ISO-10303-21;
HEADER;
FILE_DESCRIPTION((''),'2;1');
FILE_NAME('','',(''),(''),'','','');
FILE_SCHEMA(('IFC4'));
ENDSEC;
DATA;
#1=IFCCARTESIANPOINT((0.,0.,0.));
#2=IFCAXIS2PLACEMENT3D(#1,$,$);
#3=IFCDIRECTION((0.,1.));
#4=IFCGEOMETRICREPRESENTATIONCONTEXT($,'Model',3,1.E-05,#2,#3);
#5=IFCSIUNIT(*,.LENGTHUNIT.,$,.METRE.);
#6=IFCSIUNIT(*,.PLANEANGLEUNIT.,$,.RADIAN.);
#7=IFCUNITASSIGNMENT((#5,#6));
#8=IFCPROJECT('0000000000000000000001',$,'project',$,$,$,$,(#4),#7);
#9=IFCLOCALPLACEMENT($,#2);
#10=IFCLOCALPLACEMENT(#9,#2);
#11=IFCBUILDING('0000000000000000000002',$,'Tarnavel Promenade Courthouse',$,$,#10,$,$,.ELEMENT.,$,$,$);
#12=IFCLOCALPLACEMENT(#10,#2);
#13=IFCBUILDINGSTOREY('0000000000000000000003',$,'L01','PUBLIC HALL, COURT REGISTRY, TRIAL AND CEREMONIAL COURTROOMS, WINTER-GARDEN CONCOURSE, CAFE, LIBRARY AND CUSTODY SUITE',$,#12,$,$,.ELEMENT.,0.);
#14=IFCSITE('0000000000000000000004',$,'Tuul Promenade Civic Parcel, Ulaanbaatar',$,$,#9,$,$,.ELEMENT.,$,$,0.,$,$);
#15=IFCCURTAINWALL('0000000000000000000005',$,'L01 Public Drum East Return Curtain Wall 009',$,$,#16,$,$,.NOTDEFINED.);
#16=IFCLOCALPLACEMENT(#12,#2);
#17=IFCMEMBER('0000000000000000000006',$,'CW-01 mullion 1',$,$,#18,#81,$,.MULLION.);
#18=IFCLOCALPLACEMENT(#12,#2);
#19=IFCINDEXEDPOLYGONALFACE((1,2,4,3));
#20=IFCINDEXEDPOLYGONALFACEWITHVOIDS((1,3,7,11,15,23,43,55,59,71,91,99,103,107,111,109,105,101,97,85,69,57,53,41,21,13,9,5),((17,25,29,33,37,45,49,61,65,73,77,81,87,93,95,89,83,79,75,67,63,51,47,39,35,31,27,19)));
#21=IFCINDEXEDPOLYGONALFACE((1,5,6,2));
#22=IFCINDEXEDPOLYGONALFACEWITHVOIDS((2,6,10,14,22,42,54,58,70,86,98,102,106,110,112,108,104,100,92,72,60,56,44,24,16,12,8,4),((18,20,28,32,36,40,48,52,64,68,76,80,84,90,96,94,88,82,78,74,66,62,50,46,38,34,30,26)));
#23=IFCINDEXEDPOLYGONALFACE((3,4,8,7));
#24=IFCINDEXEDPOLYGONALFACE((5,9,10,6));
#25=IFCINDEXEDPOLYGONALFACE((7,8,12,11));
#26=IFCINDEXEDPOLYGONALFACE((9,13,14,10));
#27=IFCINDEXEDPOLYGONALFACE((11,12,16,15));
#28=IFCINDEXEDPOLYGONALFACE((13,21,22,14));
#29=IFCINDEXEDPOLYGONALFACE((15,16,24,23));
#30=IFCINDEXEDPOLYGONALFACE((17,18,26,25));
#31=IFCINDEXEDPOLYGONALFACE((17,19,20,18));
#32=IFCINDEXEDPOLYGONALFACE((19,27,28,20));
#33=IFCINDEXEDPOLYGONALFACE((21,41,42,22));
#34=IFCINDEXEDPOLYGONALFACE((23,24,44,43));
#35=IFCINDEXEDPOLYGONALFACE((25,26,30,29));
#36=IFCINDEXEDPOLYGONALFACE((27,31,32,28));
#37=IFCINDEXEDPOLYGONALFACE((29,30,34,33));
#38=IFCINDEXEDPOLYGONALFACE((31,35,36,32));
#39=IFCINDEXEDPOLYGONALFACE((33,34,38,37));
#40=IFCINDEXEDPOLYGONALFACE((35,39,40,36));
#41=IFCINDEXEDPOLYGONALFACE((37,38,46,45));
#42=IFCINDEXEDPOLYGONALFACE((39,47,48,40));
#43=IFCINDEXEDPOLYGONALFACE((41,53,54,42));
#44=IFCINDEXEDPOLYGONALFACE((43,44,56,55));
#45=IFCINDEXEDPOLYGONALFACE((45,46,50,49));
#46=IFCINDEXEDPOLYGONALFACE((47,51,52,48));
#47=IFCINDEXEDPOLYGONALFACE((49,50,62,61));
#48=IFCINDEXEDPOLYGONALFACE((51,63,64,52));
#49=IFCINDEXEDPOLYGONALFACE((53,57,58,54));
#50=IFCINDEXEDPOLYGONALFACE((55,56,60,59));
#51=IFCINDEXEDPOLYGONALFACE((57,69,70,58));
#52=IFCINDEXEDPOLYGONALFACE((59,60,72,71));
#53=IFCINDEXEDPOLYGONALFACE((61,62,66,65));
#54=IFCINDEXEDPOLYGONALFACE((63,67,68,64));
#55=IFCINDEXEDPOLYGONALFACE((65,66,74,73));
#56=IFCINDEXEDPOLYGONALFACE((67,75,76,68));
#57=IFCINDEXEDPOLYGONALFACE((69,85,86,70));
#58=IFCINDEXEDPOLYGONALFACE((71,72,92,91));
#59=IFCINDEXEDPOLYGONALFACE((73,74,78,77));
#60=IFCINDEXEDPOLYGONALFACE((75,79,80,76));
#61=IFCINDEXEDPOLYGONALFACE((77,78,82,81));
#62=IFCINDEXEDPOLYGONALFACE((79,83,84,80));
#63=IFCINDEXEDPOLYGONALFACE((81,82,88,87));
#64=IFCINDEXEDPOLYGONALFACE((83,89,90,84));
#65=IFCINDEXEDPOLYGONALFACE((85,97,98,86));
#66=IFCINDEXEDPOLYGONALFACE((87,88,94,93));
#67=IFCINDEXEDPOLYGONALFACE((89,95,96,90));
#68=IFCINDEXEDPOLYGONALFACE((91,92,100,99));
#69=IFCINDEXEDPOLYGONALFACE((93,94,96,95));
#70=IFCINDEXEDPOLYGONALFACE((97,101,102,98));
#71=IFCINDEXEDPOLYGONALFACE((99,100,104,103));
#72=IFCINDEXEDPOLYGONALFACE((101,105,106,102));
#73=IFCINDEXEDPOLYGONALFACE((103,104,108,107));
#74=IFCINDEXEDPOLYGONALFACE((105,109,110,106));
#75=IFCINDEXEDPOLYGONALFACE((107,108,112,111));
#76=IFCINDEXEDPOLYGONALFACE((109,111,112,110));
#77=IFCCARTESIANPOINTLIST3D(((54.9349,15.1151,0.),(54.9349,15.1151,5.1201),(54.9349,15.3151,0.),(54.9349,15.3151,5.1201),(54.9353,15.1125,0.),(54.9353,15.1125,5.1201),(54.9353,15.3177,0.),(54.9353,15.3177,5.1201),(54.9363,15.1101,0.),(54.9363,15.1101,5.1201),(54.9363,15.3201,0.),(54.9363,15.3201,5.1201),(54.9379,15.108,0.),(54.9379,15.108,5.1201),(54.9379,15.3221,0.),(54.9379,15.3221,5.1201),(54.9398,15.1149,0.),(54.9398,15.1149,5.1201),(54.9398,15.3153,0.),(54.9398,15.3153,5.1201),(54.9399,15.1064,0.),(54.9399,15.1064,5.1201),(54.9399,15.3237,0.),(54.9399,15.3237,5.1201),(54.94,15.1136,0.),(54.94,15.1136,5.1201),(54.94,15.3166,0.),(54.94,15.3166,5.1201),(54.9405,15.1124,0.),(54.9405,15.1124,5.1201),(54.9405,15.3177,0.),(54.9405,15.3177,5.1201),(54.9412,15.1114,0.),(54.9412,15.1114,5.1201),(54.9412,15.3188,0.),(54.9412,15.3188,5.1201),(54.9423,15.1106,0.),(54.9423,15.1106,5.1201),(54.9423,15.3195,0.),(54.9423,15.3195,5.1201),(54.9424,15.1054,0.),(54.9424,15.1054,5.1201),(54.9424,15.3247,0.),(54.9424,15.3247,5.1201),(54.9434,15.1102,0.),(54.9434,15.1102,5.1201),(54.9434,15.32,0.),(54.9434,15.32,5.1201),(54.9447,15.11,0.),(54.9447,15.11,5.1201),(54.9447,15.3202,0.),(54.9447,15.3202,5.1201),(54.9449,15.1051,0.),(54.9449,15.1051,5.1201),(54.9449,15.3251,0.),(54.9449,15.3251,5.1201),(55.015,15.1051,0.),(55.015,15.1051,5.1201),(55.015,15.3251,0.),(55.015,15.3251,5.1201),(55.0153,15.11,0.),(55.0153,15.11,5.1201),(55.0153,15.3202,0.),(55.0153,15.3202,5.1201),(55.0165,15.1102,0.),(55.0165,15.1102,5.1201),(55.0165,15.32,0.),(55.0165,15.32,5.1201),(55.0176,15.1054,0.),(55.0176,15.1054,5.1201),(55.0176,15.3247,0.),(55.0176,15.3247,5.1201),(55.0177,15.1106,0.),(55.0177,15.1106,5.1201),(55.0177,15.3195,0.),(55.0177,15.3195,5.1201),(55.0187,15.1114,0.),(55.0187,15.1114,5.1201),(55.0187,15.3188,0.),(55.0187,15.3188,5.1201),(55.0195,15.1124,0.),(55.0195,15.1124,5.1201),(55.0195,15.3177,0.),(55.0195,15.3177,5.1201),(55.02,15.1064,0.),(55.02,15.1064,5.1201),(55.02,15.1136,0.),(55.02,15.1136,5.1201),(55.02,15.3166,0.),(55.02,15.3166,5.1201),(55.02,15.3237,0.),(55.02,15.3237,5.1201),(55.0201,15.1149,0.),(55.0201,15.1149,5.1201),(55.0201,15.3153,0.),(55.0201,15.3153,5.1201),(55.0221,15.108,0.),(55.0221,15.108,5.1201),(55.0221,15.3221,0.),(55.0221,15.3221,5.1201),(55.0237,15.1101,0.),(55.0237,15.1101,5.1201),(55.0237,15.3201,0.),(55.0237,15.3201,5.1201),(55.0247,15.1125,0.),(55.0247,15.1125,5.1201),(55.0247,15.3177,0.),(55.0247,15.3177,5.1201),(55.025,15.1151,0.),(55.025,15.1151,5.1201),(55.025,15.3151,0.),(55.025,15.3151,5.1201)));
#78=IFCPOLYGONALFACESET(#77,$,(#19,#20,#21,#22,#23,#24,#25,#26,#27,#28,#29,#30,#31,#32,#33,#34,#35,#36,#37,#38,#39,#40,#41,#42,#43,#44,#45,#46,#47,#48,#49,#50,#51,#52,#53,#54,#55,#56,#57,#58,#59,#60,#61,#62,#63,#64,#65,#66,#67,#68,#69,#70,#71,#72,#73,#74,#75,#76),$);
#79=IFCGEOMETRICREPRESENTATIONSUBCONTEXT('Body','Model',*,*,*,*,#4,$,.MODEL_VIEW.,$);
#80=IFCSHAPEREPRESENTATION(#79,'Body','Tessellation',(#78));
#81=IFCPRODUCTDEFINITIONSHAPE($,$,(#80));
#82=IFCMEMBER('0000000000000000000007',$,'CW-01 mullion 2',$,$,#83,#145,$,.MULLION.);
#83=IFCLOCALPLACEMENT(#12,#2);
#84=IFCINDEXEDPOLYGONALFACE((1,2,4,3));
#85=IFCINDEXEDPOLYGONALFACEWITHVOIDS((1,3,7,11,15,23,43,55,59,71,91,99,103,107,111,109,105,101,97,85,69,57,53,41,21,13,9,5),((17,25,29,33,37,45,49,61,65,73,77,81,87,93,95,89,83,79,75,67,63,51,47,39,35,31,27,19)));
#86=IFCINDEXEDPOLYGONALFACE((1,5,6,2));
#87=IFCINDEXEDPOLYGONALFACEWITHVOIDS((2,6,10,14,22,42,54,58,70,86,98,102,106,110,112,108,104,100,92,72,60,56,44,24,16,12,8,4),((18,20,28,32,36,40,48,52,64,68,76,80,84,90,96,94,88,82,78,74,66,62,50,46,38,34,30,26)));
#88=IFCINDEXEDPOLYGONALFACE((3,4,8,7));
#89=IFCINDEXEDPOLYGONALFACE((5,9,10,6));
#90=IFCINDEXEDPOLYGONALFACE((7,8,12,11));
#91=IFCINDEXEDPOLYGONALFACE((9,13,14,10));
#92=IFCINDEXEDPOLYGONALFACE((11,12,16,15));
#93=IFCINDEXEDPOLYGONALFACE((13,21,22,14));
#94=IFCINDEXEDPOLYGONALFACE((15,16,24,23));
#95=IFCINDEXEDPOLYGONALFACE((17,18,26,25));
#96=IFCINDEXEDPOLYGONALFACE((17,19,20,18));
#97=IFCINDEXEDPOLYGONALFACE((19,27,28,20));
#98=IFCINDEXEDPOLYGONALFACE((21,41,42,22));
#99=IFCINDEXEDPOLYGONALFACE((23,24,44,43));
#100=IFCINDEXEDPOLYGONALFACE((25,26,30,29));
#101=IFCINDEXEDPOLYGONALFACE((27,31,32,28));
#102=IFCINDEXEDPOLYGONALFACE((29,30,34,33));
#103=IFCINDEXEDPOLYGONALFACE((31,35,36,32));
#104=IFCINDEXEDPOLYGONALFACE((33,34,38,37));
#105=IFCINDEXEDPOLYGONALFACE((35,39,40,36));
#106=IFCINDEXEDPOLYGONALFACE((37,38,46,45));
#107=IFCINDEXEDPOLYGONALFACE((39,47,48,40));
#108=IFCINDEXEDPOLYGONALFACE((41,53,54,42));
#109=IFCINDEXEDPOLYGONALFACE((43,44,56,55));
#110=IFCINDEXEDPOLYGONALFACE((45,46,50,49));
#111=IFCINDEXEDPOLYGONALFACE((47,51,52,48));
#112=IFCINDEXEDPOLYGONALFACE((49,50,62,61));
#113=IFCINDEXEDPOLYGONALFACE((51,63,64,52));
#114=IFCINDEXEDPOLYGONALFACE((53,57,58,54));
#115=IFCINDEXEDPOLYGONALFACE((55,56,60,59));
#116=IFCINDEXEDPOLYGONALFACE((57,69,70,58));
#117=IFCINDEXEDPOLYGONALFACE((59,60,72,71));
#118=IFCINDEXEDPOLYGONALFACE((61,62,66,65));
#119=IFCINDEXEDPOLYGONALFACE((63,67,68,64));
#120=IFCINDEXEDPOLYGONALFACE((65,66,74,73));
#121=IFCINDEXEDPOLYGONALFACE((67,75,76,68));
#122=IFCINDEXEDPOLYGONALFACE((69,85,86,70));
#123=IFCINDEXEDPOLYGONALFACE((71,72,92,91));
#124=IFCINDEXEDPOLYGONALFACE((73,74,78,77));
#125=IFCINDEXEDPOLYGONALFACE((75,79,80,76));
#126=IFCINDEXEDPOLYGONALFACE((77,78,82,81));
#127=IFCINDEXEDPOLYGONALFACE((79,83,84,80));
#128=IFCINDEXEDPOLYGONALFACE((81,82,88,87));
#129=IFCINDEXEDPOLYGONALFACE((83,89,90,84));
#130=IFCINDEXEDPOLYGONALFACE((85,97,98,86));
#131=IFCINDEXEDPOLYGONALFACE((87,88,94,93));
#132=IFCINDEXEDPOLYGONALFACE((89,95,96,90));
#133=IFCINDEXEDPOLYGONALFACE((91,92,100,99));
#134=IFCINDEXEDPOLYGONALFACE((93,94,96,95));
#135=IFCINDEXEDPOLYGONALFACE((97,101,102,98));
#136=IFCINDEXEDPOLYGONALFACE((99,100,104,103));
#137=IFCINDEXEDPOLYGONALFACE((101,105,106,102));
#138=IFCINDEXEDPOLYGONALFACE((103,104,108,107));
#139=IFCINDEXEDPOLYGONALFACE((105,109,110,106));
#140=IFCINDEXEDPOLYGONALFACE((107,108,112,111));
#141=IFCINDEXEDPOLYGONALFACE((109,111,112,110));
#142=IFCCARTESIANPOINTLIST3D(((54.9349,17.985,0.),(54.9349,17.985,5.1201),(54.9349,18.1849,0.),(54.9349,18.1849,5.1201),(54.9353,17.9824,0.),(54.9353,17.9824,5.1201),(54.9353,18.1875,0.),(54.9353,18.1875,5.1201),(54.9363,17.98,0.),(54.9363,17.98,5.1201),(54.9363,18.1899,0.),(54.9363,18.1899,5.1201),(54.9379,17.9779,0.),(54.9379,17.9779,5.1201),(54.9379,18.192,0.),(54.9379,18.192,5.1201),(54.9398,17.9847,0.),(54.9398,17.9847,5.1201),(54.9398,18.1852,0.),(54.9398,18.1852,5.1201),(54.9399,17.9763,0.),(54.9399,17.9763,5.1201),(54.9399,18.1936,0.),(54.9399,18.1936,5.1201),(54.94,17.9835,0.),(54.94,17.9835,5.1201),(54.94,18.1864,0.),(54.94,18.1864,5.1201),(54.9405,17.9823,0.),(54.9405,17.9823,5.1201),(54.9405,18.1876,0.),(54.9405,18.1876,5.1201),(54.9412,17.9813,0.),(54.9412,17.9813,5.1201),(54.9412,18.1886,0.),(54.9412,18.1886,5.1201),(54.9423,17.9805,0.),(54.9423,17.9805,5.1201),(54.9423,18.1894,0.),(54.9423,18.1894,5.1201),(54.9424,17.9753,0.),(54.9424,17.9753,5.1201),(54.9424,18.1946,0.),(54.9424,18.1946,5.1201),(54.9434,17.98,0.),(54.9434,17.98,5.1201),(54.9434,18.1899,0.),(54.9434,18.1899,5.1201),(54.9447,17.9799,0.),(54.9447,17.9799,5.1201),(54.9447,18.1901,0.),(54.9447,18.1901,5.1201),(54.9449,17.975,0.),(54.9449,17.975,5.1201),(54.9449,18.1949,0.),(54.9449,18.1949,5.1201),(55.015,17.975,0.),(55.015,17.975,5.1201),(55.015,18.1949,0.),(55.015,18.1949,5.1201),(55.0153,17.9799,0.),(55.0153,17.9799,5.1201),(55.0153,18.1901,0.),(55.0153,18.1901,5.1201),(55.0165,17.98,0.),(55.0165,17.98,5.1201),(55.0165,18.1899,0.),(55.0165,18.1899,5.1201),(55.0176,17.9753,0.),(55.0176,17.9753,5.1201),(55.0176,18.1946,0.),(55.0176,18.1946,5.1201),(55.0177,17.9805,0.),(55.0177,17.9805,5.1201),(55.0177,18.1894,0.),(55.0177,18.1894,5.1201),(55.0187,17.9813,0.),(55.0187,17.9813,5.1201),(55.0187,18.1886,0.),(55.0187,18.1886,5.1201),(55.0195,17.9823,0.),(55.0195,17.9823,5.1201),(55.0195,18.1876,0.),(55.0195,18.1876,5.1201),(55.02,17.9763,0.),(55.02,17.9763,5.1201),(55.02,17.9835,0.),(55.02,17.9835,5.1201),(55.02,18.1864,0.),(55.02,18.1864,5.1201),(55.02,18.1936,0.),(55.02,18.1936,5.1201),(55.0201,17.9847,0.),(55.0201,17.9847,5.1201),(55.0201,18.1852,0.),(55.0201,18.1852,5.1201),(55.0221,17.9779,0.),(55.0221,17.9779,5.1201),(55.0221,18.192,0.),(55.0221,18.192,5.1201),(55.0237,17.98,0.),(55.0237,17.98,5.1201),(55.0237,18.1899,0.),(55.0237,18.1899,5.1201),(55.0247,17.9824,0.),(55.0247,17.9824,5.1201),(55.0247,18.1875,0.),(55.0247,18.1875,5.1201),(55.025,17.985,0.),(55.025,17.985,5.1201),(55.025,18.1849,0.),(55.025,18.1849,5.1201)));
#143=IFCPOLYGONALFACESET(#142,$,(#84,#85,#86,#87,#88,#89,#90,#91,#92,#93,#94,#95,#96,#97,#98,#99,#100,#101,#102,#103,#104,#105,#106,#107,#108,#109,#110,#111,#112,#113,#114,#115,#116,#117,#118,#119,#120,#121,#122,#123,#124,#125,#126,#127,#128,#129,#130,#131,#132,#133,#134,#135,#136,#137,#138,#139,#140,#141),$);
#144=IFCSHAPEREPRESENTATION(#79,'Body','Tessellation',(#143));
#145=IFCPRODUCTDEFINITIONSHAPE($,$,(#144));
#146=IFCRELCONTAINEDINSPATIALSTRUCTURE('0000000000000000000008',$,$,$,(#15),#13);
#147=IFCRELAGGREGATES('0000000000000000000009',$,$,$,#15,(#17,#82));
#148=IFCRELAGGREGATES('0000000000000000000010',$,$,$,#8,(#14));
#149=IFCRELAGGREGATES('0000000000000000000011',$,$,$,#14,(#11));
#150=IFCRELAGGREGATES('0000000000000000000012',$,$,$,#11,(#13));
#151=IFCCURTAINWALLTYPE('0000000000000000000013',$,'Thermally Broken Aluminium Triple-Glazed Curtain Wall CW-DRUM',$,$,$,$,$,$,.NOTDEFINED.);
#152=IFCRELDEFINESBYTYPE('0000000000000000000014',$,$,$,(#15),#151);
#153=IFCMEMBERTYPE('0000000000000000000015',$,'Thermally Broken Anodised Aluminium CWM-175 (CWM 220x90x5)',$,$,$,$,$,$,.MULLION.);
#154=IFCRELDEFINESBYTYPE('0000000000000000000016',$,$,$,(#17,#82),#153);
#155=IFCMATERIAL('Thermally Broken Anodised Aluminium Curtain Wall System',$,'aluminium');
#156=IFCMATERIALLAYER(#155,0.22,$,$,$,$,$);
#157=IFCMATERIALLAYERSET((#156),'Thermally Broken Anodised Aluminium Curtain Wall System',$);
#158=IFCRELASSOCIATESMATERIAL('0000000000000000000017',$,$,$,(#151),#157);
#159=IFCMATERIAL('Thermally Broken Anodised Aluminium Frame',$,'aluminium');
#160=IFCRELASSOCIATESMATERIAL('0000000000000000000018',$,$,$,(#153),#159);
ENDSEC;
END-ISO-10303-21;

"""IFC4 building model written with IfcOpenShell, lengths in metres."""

from ifc_helpers import new_model, si_unit, direction, frame, origin, origin_2d, place, context, subcontext, project, spatial, hollow_rectangle, extrude, material, layer, layer_set, material_profile, profile_set, type_object, element, aggregate, save


model = new_model("IFC4")

# Units and contexts
model_context = context("Model", 3, precision=1e-05, world=origin(), true_north=direction((0.0, 1.0)))
body_context = subcontext(model_context, "Body", "Model", "MODEL_VIEW")
ifc_project = project(units=[si_unit("LENGTHUNIT", "METRE"), si_unit("PLANEANGLEUNIT", "RADIAN")], contexts=[model_context])

# Site, building, storey
site_placement = place(None, origin())
site = spatial("IfcSite", under=ifc_project, at=site_placement, Name="Tuul Promenade Civic Parcel, Ulaanbaatar", CompositionType="ELEMENT", RefElevation=0.0)
building_placement = place(site_placement, origin())
building = spatial("IfcBuilding", under=site, at=building_placement, Name="Tarnavel Promenade Courthouse", CompositionType="ELEMENT")
storey_placement = place(building_placement, origin())
storey = spatial("IfcBuildingStorey", under=building, at=storey_placement, Name="L01", Description="PUBLIC HALL, COURT REGISTRY, TRIAL AND CEREMONIAL COURTROOMS, WINTER-GARDEN CONCOURSE, CAFE, LIBRARY AND CUSTODY SUITE", CompositionType="ELEMENT", Elevation=0.0)

# Curtain wall, members
ifc_material_1 = material(Name="Thermally Broken Anodised Aluminium Curtain Wall System", Category="aluminium")
ifc_layer_1 = layer(ifc_material_1, 0.22)
ifc_layer_set_1 = layer_set([ifc_layer_1], Name="Thermally Broken Anodised Aluminium Curtain Wall System")
curtain_wall_type = type_object("IfcCurtainWallType", Name="Thermally Broken Aluminium Triple-Glazed Curtain Wall CW-DRUM", PredefinedType="NOTDEFINED", material=ifc_layer_set_1)
ifc_material_2 = material(Name="Thermally Broken Anodised Aluminium Frame", Category="aluminium")
ifc_material_profile_1 = material_profile(ifc_material_2, hollow_rectangle(XDim=0.0901, YDim=0.22, WallThickness=0.0049, InnerFilletRadius=0.0049, OuterFilletRadius=0.01, at=origin_2d()), Name="CWM 220x90x5")
ifc_profile_set_1 = profile_set([ifc_material_profile_1], Name="Thermally Broken Anodised Aluminium Frame")
member_type_1 = type_object("IfcMemberType", Name="Thermally Broken Anodised Aluminium CWM-175 (CWM 220x90x5)", PredefinedType="MULLION", material=ifc_profile_set_1)
curtain_wall_1_placement = place(storey_placement, origin())
curtain_wall_1 = element("IfcCurtainWall", 1, at=curtain_wall_1_placement, inside=storey, type_object=curtain_wall_type, Name="L01 Public Drum East Return Curtain Wall 009", PredefinedType="NOTDEFINED")
member_1_placement = place(storey_placement, frame((54.98, 15.2151, 0.0), z_axis=(0.0, 0.0, 1.0), x_axis=(-1.0, 0.0, 0.0)))
member_1 = element("IfcMember", 2, at=member_1_placement, type_object=member_type_1, Name="CW-01 mullion 1", PredefinedType="MULLION", context=body_context, shape_type="SweptSolid", body=[
    extrude(hollow_rectangle(XDim=0.0901, YDim=0.22, WallThickness=0.0049, InnerFilletRadius=0.0049, OuterFilletRadius=0.01, at=origin_2d()), origin(), (0.0, 0.0, 1.0), 5.1201),
])
member_2_placement = place(storey_placement, frame((54.98, 18.085, 0.0), z_axis=(0.0, 0.0, 1.0), x_axis=(-1.0, 0.0, 0.0)))
member_2 = element("IfcMember", 3, at=member_2_placement, type_object=member_type_1, Name="CW-01 mullion 2", PredefinedType="MULLION", context=body_context, shape_type="SweptSolid", body=[
    extrude(hollow_rectangle(XDim=0.0901, YDim=0.22, WallThickness=0.0049, InnerFilletRadius=0.0049, OuterFilletRadius=0.01, at=origin_2d()), origin(), (0.0, 0.0, 1.0), 5.1201),
])

aggregate(curtain_wall_1, [member_1, member_2])

save(model, "model.ifc")
